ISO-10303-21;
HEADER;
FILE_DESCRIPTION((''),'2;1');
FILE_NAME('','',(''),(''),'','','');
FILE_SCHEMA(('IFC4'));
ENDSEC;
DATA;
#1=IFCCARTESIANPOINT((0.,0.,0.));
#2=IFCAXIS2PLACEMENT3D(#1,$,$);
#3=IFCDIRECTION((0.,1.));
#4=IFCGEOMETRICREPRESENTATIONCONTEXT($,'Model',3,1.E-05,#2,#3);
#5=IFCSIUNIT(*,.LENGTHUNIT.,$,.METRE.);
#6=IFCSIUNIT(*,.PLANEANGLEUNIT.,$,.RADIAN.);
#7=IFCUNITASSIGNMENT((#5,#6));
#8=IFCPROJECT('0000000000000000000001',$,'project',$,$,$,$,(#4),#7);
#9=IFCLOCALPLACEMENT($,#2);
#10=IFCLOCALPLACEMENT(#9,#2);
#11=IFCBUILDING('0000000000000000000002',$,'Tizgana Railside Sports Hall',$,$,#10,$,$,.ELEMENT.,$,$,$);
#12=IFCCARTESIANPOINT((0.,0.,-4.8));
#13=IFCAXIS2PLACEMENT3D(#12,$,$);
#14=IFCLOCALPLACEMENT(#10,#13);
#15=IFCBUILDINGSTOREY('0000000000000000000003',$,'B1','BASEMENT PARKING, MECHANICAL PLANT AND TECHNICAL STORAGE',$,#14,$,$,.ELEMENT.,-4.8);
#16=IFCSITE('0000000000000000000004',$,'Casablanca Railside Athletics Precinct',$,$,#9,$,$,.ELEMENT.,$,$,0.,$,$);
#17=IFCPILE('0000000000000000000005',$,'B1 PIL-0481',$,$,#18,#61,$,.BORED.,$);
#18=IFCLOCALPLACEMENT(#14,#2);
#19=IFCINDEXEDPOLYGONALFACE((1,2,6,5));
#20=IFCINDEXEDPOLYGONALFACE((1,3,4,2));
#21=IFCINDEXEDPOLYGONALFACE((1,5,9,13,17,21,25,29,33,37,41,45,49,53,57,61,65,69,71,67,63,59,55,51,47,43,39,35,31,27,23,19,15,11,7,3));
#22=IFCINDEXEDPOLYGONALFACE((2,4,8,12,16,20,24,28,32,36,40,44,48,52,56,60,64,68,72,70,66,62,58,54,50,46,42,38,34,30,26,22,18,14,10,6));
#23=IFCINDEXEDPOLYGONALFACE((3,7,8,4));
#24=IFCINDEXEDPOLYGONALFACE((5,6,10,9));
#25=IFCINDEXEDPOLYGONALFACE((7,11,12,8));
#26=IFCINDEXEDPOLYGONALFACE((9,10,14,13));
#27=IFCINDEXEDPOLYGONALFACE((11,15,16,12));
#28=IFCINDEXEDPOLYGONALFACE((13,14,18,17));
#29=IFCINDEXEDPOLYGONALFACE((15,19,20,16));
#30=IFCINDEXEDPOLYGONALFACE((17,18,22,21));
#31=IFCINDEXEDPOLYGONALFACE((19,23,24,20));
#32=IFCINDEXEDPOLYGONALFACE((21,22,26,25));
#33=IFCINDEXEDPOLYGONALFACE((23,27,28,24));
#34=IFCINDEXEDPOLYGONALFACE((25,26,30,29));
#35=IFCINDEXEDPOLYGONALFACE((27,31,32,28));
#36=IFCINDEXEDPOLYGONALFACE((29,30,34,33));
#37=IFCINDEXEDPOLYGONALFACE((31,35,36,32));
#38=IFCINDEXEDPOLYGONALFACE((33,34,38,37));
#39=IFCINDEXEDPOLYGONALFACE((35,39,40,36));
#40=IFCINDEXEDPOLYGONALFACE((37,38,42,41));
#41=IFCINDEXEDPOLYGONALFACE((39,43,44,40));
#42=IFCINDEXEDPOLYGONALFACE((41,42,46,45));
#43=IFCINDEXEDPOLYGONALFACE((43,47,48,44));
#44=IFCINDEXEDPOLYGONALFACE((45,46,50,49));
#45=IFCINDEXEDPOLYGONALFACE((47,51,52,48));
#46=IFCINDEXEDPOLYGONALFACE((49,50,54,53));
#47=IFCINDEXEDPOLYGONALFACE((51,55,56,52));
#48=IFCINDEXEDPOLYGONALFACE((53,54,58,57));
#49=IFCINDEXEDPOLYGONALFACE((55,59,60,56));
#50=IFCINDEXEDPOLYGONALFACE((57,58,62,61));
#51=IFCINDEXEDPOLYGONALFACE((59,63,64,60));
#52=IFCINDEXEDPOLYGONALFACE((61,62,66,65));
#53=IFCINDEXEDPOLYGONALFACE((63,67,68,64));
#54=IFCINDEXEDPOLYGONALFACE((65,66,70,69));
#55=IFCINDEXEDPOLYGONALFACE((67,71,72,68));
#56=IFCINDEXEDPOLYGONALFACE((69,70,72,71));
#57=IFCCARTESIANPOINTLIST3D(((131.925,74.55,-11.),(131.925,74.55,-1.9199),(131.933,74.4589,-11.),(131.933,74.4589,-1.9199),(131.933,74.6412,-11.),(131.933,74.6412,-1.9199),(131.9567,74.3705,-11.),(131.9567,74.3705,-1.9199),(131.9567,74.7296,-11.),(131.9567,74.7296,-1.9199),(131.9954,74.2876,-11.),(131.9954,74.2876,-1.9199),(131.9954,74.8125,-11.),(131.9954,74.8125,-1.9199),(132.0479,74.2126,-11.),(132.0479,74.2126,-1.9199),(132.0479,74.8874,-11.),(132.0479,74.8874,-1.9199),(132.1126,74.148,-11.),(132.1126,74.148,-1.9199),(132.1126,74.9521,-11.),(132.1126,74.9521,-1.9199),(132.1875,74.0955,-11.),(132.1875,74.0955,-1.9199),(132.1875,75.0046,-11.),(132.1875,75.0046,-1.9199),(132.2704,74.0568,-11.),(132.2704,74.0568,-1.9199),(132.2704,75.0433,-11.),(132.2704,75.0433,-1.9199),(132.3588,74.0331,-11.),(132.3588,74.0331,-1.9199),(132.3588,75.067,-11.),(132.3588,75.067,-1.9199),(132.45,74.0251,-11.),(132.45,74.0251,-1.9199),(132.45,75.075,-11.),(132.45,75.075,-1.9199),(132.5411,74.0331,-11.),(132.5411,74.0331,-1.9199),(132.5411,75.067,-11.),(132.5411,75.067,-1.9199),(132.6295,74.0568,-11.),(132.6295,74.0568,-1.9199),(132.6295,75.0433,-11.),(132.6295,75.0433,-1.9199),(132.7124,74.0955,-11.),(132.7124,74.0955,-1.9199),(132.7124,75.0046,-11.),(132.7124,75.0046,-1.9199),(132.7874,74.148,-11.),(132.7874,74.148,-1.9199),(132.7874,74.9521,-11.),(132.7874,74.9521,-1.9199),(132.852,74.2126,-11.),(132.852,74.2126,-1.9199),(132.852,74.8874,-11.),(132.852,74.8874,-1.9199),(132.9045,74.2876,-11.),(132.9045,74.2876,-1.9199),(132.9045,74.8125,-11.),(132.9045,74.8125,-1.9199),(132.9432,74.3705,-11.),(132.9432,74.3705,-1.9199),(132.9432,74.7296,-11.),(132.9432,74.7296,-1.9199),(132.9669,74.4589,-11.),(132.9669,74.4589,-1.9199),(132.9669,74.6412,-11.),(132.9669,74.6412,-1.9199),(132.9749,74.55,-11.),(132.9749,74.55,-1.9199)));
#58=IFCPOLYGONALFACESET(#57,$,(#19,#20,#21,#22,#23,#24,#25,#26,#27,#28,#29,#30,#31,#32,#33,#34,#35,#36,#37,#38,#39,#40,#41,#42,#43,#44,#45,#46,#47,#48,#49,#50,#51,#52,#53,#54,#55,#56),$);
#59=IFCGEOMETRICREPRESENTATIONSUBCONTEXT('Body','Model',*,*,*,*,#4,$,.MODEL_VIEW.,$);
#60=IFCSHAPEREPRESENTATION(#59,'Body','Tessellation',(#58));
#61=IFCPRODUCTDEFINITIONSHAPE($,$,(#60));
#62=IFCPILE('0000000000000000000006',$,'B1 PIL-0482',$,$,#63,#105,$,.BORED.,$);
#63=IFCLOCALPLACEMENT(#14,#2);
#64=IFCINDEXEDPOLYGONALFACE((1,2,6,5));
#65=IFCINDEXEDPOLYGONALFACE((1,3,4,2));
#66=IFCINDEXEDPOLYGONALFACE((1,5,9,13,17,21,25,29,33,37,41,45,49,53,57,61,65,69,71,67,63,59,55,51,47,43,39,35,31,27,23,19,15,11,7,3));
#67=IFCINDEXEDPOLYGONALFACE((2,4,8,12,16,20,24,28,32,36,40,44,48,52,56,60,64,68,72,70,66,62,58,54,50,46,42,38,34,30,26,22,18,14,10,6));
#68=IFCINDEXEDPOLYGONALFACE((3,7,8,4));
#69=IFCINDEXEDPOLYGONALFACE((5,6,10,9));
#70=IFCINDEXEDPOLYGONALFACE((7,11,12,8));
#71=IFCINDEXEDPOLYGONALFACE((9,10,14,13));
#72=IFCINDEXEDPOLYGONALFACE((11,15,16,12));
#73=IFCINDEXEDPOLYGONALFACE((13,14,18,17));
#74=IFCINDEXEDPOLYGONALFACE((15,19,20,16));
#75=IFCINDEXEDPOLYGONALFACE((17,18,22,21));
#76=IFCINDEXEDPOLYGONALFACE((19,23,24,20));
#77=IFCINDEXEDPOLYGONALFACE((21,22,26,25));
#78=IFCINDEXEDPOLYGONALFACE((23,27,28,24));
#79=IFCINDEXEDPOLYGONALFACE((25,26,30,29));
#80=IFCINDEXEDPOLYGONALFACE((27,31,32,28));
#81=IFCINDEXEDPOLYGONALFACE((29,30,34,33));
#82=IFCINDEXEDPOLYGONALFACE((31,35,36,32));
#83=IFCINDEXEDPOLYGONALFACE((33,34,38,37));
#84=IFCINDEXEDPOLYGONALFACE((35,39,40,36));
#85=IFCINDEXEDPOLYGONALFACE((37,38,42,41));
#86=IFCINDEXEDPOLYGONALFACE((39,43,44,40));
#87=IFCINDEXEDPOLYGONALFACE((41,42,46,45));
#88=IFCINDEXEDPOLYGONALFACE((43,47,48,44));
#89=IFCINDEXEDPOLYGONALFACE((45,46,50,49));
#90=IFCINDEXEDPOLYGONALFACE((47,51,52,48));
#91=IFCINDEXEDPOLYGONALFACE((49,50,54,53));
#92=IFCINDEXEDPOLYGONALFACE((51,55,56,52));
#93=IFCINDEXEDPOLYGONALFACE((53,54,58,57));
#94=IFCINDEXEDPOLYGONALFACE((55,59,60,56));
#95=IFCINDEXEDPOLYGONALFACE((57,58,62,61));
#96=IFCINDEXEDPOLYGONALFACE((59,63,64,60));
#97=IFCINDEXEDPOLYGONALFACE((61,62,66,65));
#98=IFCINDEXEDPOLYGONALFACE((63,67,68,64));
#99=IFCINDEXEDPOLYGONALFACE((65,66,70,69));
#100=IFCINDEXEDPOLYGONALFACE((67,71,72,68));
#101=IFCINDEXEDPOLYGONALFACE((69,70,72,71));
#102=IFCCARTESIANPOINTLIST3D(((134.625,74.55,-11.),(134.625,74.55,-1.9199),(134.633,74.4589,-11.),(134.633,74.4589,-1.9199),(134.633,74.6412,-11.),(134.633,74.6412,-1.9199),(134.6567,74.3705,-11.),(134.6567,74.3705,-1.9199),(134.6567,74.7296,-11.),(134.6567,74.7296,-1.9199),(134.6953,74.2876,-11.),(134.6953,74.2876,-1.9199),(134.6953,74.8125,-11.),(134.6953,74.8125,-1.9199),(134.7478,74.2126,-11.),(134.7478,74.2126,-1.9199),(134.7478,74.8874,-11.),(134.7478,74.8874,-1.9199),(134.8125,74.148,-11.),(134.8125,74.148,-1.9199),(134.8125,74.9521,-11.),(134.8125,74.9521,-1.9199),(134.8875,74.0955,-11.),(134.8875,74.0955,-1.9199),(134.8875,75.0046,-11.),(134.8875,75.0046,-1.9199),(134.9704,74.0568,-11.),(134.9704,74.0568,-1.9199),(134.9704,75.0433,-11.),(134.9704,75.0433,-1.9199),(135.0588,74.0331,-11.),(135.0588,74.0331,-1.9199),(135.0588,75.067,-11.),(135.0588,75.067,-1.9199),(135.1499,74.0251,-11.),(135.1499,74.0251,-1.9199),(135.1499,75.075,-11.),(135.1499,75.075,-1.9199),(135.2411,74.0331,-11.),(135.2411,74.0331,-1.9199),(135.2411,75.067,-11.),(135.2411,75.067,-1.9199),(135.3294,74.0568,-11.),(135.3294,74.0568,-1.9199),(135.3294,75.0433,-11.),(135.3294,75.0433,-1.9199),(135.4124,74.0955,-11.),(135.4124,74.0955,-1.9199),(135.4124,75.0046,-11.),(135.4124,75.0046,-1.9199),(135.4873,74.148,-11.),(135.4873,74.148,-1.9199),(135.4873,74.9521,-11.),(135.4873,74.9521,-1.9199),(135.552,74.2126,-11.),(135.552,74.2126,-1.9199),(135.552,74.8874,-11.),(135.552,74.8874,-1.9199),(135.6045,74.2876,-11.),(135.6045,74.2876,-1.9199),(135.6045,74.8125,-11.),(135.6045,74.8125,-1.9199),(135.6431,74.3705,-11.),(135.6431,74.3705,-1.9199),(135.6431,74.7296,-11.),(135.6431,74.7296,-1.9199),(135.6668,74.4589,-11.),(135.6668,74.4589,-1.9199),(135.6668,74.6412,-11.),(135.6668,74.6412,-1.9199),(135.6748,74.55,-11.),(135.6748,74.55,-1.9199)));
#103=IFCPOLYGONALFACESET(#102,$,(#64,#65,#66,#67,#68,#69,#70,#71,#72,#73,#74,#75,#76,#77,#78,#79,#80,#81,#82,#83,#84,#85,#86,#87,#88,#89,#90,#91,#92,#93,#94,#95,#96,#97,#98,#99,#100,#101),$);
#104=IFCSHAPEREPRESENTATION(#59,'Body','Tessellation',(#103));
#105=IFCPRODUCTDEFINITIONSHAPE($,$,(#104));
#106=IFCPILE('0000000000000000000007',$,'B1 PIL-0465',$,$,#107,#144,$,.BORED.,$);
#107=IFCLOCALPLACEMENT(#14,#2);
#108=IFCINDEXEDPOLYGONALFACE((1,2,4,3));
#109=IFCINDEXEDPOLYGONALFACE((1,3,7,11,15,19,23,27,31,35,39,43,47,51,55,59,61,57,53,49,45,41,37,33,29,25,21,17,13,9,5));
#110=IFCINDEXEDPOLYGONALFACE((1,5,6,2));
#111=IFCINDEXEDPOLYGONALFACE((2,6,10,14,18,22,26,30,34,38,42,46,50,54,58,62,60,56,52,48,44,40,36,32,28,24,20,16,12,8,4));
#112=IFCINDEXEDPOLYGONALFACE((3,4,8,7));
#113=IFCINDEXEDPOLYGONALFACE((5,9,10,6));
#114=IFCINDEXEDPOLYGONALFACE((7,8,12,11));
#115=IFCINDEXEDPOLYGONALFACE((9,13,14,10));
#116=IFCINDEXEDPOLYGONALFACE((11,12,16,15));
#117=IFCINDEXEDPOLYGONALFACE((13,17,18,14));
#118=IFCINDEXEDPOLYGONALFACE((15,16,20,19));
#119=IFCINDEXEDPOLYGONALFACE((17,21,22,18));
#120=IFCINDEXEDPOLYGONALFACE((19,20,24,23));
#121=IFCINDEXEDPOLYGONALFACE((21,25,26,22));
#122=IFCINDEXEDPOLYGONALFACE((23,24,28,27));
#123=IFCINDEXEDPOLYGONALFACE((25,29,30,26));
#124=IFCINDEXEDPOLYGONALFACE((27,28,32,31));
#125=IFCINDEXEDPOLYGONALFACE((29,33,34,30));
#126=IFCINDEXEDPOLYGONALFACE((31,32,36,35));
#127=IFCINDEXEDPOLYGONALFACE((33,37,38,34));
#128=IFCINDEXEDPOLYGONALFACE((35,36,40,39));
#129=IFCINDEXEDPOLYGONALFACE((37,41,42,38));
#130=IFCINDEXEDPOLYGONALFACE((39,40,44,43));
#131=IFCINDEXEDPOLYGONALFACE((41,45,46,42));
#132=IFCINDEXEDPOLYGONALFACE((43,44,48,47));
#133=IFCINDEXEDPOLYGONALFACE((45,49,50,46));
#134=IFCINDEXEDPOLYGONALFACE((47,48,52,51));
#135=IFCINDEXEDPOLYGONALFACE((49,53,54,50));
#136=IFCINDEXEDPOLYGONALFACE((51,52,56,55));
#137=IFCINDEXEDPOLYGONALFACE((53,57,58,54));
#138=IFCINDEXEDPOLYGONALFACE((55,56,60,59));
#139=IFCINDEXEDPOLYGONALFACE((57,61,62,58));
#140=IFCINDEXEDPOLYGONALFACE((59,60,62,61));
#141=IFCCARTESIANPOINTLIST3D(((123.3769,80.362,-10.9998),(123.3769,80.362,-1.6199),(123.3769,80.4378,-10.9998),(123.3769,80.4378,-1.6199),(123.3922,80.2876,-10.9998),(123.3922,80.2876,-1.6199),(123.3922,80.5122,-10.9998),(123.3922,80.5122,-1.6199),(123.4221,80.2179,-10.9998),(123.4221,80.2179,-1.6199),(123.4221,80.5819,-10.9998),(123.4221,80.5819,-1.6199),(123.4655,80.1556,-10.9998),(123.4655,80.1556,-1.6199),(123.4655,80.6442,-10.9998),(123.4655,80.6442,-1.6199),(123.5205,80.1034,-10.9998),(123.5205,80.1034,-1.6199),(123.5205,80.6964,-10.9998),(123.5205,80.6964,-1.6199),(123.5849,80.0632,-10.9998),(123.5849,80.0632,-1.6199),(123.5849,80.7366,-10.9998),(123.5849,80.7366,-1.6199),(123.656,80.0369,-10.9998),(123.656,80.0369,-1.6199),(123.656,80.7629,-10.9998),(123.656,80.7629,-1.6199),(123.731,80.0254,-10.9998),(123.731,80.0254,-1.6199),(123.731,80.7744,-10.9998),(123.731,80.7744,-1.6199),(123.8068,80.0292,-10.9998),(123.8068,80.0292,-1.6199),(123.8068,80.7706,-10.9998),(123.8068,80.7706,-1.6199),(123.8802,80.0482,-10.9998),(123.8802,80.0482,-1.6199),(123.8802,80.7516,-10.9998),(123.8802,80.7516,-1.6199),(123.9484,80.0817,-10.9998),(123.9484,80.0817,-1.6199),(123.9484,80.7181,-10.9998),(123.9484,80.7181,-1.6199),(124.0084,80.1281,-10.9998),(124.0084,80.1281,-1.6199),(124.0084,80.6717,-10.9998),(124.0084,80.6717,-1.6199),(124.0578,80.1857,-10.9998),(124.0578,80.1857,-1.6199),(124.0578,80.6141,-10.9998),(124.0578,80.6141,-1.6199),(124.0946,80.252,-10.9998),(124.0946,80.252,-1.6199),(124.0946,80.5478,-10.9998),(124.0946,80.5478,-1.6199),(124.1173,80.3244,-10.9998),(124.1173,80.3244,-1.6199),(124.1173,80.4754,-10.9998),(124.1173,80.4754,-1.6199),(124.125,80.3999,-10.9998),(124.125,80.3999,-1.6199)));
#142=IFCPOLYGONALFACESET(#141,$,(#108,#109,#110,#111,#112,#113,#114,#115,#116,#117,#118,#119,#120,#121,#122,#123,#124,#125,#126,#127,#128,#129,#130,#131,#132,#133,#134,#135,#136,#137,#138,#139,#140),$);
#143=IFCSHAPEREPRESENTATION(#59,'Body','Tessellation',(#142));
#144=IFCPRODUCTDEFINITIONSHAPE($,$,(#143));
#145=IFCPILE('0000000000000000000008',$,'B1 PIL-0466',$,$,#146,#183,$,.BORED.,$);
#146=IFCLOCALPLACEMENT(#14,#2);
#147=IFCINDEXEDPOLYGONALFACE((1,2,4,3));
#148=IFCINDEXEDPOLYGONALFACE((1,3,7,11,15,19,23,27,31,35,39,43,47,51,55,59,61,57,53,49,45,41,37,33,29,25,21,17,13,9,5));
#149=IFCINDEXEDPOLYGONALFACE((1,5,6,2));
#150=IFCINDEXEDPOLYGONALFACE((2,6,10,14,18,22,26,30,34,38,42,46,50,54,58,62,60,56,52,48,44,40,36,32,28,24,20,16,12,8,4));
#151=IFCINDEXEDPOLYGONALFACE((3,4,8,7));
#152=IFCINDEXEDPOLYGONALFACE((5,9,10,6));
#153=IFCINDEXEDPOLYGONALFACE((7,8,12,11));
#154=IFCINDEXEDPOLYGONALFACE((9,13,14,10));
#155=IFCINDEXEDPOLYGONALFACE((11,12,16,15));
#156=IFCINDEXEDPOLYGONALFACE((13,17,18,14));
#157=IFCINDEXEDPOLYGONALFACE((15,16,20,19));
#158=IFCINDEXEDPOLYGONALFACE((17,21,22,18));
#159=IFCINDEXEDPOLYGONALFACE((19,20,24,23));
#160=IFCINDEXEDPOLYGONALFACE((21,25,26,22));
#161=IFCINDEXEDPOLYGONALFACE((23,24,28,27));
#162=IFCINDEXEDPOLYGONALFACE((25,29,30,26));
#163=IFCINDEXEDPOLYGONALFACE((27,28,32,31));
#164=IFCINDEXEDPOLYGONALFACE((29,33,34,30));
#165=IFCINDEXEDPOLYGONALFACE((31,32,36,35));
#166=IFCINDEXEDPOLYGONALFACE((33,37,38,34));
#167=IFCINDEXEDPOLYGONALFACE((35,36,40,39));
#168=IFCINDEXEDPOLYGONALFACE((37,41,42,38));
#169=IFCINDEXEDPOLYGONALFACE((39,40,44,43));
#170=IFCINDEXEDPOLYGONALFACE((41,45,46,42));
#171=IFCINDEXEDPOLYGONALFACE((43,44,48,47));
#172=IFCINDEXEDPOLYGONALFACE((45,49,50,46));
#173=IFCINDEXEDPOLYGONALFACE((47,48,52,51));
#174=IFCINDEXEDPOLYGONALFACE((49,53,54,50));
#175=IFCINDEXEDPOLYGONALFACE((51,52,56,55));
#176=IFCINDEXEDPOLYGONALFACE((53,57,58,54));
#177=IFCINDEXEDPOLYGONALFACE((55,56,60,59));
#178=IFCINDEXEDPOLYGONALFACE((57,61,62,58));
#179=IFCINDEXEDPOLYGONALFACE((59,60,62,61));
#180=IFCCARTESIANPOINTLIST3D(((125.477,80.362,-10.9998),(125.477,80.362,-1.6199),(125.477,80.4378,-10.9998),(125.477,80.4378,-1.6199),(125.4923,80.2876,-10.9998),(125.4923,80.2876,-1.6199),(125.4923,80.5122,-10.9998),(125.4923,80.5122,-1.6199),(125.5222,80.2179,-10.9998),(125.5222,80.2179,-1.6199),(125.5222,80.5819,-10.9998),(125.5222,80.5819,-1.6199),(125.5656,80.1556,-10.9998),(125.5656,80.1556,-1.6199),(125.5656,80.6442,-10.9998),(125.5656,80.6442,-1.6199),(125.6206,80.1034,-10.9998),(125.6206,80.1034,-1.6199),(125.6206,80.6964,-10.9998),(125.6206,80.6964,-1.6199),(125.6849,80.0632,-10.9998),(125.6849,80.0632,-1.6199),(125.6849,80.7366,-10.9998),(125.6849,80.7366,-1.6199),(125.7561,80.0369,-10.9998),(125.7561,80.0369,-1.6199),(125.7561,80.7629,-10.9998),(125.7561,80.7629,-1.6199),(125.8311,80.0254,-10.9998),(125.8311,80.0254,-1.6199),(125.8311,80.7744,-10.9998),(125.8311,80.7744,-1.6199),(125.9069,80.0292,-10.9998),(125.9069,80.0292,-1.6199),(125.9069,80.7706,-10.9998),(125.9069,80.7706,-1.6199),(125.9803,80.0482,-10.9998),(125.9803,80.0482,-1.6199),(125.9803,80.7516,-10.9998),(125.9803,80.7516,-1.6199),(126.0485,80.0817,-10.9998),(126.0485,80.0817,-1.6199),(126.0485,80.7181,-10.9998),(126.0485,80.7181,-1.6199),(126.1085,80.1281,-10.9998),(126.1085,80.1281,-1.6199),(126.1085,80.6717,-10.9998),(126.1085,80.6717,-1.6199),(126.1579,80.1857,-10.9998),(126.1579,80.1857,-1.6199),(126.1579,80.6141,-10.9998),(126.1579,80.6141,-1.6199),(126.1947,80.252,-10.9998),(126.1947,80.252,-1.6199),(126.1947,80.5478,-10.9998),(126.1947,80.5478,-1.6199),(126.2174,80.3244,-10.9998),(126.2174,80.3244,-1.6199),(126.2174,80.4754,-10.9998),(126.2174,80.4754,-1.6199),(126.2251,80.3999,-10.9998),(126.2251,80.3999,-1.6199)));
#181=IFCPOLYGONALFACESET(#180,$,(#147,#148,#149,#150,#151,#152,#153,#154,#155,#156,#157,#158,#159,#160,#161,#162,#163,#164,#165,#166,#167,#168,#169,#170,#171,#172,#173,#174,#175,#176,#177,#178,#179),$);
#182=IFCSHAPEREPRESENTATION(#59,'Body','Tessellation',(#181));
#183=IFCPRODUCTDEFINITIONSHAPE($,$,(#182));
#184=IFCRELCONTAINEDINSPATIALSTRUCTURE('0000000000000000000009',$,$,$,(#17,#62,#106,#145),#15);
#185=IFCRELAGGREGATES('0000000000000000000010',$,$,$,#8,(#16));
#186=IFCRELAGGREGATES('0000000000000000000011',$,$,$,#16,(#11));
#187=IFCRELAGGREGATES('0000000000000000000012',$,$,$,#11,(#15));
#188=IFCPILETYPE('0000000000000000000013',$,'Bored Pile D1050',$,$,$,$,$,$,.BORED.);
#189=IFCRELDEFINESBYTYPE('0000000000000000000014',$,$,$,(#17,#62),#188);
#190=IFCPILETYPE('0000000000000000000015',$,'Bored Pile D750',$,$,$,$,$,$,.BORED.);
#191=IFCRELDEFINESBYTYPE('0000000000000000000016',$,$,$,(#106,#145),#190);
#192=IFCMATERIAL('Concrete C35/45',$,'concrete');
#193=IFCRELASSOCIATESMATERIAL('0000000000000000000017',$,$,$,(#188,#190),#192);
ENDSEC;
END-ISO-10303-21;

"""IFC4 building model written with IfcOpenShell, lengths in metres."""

from ifc_helpers import new_model, si_unit, direction, frame, origin, origin_2d, place, context, subcontext, project, spatial, circle, extrude, material, material_profile, profile_set, type_object, element, save


model = new_model("IFC4")

# Units and contexts
model_context = context("Model", 3, precision=1e-05, world=origin(), true_north=direction((0.0, 1.0)))
body_context = subcontext(model_context, "Body", "Model", "MODEL_VIEW")
ifc_project = project(units=[si_unit("LENGTHUNIT", "METRE"), si_unit("PLANEANGLEUNIT", "RADIAN")], contexts=[model_context])

# Site, building, storey
site_placement = place(None, origin())
site = spatial("IfcSite", under=ifc_project, at=site_placement, Name="Casablanca Railside Athletics Precinct", CompositionType="ELEMENT", RefElevation=0.0)
building_placement = place(site_placement, origin())
building = spatial("IfcBuilding", under=site, at=building_placement, Name="Tizgana Railside Sports Hall", CompositionType="ELEMENT")
storey_placement = place(building_placement, frame((0.0, 0.0, -4.8)))
storey = spatial("IfcBuildingStorey", under=building, at=storey_placement, Name="B1", Description="BASEMENT PARKING, MECHANICAL PLANT AND TECHNICAL STORAGE", CompositionType="ELEMENT", Elevation=-4.8)

# Piles
ifc_material_1 = material(Name="Concrete C35/45", Category="concrete")
ifc_material_profile_1 = material_profile(ifc_material_1, circle(Radius=0.5249, at=origin_2d()), Name="PILE D1050")
ifc_profile_set_1 = profile_set([ifc_material_profile_1], Name="Concrete C35/45")
pile_type_1 = type_object("IfcPileType", Name="Bored Pile D1050", PredefinedType="BORED", material=ifc_profile_set_1)
for number, where, z_axis, x_axis, name in (
    (1, (132.45, 74.55, -1.9199), (0.0, 0.0, -1.0), (1.0, 0.0, 0.0), "B1 PIL-0481"),
    (2, (135.1499, 74.55, -1.9199), (0.0, 0.0, -1.0), (1.0, 0.0, 0.0), "B1 PIL-0482"),
):
    element("IfcPile", number, at=place(storey_placement, frame(where, z_axis=z_axis, x_axis=x_axis)), inside=storey, type_object=pile_type_1, Name=name, PredefinedType="BORED", context=body_context, shape_type="SweptSolid", body=[
        extrude(circle(Radius=0.5249, at=origin_2d()), origin(), (0.0, 0.0, 1.0), 9.0801),
    ])
ifc_material_profile_2 = material_profile(ifc_material_1, circle(Radius=0.375, at=origin_2d()), Name="PILE D750")
ifc_profile_set_2 = profile_set([ifc_material_profile_2], Name="Concrete C35/45")
pile_type_2 = type_object("IfcPileType", Name="Bored Pile D750", PredefinedType="BORED", material=ifc_profile_set_2)
for number, where, z_axis, x_axis, name in (
    (3, (123.75, 80.3999, -1.6199), (0.0, 0.0, -1.0), (1.0, 0.0, 0.0), "B1 PIL-0465"),
    (4, (125.8501, 80.3999, -1.6199), (0.0, 0.0, -1.0), (1.0, 0.0, 0.0), "B1 PIL-0466"),
):
    element("IfcPile", number, at=place(storey_placement, frame(where, z_axis=z_axis, x_axis=x_axis)), inside=storey, type_object=pile_type_2, Name=name, PredefinedType="BORED", context=body_context, shape_type="SweptSolid", body=[
        extrude(circle(Radius=0.375, at=origin_2d()), origin(), (0.0, 0.0, 1.0), 9.3799),
    ])

save(model, "model.ifc")
